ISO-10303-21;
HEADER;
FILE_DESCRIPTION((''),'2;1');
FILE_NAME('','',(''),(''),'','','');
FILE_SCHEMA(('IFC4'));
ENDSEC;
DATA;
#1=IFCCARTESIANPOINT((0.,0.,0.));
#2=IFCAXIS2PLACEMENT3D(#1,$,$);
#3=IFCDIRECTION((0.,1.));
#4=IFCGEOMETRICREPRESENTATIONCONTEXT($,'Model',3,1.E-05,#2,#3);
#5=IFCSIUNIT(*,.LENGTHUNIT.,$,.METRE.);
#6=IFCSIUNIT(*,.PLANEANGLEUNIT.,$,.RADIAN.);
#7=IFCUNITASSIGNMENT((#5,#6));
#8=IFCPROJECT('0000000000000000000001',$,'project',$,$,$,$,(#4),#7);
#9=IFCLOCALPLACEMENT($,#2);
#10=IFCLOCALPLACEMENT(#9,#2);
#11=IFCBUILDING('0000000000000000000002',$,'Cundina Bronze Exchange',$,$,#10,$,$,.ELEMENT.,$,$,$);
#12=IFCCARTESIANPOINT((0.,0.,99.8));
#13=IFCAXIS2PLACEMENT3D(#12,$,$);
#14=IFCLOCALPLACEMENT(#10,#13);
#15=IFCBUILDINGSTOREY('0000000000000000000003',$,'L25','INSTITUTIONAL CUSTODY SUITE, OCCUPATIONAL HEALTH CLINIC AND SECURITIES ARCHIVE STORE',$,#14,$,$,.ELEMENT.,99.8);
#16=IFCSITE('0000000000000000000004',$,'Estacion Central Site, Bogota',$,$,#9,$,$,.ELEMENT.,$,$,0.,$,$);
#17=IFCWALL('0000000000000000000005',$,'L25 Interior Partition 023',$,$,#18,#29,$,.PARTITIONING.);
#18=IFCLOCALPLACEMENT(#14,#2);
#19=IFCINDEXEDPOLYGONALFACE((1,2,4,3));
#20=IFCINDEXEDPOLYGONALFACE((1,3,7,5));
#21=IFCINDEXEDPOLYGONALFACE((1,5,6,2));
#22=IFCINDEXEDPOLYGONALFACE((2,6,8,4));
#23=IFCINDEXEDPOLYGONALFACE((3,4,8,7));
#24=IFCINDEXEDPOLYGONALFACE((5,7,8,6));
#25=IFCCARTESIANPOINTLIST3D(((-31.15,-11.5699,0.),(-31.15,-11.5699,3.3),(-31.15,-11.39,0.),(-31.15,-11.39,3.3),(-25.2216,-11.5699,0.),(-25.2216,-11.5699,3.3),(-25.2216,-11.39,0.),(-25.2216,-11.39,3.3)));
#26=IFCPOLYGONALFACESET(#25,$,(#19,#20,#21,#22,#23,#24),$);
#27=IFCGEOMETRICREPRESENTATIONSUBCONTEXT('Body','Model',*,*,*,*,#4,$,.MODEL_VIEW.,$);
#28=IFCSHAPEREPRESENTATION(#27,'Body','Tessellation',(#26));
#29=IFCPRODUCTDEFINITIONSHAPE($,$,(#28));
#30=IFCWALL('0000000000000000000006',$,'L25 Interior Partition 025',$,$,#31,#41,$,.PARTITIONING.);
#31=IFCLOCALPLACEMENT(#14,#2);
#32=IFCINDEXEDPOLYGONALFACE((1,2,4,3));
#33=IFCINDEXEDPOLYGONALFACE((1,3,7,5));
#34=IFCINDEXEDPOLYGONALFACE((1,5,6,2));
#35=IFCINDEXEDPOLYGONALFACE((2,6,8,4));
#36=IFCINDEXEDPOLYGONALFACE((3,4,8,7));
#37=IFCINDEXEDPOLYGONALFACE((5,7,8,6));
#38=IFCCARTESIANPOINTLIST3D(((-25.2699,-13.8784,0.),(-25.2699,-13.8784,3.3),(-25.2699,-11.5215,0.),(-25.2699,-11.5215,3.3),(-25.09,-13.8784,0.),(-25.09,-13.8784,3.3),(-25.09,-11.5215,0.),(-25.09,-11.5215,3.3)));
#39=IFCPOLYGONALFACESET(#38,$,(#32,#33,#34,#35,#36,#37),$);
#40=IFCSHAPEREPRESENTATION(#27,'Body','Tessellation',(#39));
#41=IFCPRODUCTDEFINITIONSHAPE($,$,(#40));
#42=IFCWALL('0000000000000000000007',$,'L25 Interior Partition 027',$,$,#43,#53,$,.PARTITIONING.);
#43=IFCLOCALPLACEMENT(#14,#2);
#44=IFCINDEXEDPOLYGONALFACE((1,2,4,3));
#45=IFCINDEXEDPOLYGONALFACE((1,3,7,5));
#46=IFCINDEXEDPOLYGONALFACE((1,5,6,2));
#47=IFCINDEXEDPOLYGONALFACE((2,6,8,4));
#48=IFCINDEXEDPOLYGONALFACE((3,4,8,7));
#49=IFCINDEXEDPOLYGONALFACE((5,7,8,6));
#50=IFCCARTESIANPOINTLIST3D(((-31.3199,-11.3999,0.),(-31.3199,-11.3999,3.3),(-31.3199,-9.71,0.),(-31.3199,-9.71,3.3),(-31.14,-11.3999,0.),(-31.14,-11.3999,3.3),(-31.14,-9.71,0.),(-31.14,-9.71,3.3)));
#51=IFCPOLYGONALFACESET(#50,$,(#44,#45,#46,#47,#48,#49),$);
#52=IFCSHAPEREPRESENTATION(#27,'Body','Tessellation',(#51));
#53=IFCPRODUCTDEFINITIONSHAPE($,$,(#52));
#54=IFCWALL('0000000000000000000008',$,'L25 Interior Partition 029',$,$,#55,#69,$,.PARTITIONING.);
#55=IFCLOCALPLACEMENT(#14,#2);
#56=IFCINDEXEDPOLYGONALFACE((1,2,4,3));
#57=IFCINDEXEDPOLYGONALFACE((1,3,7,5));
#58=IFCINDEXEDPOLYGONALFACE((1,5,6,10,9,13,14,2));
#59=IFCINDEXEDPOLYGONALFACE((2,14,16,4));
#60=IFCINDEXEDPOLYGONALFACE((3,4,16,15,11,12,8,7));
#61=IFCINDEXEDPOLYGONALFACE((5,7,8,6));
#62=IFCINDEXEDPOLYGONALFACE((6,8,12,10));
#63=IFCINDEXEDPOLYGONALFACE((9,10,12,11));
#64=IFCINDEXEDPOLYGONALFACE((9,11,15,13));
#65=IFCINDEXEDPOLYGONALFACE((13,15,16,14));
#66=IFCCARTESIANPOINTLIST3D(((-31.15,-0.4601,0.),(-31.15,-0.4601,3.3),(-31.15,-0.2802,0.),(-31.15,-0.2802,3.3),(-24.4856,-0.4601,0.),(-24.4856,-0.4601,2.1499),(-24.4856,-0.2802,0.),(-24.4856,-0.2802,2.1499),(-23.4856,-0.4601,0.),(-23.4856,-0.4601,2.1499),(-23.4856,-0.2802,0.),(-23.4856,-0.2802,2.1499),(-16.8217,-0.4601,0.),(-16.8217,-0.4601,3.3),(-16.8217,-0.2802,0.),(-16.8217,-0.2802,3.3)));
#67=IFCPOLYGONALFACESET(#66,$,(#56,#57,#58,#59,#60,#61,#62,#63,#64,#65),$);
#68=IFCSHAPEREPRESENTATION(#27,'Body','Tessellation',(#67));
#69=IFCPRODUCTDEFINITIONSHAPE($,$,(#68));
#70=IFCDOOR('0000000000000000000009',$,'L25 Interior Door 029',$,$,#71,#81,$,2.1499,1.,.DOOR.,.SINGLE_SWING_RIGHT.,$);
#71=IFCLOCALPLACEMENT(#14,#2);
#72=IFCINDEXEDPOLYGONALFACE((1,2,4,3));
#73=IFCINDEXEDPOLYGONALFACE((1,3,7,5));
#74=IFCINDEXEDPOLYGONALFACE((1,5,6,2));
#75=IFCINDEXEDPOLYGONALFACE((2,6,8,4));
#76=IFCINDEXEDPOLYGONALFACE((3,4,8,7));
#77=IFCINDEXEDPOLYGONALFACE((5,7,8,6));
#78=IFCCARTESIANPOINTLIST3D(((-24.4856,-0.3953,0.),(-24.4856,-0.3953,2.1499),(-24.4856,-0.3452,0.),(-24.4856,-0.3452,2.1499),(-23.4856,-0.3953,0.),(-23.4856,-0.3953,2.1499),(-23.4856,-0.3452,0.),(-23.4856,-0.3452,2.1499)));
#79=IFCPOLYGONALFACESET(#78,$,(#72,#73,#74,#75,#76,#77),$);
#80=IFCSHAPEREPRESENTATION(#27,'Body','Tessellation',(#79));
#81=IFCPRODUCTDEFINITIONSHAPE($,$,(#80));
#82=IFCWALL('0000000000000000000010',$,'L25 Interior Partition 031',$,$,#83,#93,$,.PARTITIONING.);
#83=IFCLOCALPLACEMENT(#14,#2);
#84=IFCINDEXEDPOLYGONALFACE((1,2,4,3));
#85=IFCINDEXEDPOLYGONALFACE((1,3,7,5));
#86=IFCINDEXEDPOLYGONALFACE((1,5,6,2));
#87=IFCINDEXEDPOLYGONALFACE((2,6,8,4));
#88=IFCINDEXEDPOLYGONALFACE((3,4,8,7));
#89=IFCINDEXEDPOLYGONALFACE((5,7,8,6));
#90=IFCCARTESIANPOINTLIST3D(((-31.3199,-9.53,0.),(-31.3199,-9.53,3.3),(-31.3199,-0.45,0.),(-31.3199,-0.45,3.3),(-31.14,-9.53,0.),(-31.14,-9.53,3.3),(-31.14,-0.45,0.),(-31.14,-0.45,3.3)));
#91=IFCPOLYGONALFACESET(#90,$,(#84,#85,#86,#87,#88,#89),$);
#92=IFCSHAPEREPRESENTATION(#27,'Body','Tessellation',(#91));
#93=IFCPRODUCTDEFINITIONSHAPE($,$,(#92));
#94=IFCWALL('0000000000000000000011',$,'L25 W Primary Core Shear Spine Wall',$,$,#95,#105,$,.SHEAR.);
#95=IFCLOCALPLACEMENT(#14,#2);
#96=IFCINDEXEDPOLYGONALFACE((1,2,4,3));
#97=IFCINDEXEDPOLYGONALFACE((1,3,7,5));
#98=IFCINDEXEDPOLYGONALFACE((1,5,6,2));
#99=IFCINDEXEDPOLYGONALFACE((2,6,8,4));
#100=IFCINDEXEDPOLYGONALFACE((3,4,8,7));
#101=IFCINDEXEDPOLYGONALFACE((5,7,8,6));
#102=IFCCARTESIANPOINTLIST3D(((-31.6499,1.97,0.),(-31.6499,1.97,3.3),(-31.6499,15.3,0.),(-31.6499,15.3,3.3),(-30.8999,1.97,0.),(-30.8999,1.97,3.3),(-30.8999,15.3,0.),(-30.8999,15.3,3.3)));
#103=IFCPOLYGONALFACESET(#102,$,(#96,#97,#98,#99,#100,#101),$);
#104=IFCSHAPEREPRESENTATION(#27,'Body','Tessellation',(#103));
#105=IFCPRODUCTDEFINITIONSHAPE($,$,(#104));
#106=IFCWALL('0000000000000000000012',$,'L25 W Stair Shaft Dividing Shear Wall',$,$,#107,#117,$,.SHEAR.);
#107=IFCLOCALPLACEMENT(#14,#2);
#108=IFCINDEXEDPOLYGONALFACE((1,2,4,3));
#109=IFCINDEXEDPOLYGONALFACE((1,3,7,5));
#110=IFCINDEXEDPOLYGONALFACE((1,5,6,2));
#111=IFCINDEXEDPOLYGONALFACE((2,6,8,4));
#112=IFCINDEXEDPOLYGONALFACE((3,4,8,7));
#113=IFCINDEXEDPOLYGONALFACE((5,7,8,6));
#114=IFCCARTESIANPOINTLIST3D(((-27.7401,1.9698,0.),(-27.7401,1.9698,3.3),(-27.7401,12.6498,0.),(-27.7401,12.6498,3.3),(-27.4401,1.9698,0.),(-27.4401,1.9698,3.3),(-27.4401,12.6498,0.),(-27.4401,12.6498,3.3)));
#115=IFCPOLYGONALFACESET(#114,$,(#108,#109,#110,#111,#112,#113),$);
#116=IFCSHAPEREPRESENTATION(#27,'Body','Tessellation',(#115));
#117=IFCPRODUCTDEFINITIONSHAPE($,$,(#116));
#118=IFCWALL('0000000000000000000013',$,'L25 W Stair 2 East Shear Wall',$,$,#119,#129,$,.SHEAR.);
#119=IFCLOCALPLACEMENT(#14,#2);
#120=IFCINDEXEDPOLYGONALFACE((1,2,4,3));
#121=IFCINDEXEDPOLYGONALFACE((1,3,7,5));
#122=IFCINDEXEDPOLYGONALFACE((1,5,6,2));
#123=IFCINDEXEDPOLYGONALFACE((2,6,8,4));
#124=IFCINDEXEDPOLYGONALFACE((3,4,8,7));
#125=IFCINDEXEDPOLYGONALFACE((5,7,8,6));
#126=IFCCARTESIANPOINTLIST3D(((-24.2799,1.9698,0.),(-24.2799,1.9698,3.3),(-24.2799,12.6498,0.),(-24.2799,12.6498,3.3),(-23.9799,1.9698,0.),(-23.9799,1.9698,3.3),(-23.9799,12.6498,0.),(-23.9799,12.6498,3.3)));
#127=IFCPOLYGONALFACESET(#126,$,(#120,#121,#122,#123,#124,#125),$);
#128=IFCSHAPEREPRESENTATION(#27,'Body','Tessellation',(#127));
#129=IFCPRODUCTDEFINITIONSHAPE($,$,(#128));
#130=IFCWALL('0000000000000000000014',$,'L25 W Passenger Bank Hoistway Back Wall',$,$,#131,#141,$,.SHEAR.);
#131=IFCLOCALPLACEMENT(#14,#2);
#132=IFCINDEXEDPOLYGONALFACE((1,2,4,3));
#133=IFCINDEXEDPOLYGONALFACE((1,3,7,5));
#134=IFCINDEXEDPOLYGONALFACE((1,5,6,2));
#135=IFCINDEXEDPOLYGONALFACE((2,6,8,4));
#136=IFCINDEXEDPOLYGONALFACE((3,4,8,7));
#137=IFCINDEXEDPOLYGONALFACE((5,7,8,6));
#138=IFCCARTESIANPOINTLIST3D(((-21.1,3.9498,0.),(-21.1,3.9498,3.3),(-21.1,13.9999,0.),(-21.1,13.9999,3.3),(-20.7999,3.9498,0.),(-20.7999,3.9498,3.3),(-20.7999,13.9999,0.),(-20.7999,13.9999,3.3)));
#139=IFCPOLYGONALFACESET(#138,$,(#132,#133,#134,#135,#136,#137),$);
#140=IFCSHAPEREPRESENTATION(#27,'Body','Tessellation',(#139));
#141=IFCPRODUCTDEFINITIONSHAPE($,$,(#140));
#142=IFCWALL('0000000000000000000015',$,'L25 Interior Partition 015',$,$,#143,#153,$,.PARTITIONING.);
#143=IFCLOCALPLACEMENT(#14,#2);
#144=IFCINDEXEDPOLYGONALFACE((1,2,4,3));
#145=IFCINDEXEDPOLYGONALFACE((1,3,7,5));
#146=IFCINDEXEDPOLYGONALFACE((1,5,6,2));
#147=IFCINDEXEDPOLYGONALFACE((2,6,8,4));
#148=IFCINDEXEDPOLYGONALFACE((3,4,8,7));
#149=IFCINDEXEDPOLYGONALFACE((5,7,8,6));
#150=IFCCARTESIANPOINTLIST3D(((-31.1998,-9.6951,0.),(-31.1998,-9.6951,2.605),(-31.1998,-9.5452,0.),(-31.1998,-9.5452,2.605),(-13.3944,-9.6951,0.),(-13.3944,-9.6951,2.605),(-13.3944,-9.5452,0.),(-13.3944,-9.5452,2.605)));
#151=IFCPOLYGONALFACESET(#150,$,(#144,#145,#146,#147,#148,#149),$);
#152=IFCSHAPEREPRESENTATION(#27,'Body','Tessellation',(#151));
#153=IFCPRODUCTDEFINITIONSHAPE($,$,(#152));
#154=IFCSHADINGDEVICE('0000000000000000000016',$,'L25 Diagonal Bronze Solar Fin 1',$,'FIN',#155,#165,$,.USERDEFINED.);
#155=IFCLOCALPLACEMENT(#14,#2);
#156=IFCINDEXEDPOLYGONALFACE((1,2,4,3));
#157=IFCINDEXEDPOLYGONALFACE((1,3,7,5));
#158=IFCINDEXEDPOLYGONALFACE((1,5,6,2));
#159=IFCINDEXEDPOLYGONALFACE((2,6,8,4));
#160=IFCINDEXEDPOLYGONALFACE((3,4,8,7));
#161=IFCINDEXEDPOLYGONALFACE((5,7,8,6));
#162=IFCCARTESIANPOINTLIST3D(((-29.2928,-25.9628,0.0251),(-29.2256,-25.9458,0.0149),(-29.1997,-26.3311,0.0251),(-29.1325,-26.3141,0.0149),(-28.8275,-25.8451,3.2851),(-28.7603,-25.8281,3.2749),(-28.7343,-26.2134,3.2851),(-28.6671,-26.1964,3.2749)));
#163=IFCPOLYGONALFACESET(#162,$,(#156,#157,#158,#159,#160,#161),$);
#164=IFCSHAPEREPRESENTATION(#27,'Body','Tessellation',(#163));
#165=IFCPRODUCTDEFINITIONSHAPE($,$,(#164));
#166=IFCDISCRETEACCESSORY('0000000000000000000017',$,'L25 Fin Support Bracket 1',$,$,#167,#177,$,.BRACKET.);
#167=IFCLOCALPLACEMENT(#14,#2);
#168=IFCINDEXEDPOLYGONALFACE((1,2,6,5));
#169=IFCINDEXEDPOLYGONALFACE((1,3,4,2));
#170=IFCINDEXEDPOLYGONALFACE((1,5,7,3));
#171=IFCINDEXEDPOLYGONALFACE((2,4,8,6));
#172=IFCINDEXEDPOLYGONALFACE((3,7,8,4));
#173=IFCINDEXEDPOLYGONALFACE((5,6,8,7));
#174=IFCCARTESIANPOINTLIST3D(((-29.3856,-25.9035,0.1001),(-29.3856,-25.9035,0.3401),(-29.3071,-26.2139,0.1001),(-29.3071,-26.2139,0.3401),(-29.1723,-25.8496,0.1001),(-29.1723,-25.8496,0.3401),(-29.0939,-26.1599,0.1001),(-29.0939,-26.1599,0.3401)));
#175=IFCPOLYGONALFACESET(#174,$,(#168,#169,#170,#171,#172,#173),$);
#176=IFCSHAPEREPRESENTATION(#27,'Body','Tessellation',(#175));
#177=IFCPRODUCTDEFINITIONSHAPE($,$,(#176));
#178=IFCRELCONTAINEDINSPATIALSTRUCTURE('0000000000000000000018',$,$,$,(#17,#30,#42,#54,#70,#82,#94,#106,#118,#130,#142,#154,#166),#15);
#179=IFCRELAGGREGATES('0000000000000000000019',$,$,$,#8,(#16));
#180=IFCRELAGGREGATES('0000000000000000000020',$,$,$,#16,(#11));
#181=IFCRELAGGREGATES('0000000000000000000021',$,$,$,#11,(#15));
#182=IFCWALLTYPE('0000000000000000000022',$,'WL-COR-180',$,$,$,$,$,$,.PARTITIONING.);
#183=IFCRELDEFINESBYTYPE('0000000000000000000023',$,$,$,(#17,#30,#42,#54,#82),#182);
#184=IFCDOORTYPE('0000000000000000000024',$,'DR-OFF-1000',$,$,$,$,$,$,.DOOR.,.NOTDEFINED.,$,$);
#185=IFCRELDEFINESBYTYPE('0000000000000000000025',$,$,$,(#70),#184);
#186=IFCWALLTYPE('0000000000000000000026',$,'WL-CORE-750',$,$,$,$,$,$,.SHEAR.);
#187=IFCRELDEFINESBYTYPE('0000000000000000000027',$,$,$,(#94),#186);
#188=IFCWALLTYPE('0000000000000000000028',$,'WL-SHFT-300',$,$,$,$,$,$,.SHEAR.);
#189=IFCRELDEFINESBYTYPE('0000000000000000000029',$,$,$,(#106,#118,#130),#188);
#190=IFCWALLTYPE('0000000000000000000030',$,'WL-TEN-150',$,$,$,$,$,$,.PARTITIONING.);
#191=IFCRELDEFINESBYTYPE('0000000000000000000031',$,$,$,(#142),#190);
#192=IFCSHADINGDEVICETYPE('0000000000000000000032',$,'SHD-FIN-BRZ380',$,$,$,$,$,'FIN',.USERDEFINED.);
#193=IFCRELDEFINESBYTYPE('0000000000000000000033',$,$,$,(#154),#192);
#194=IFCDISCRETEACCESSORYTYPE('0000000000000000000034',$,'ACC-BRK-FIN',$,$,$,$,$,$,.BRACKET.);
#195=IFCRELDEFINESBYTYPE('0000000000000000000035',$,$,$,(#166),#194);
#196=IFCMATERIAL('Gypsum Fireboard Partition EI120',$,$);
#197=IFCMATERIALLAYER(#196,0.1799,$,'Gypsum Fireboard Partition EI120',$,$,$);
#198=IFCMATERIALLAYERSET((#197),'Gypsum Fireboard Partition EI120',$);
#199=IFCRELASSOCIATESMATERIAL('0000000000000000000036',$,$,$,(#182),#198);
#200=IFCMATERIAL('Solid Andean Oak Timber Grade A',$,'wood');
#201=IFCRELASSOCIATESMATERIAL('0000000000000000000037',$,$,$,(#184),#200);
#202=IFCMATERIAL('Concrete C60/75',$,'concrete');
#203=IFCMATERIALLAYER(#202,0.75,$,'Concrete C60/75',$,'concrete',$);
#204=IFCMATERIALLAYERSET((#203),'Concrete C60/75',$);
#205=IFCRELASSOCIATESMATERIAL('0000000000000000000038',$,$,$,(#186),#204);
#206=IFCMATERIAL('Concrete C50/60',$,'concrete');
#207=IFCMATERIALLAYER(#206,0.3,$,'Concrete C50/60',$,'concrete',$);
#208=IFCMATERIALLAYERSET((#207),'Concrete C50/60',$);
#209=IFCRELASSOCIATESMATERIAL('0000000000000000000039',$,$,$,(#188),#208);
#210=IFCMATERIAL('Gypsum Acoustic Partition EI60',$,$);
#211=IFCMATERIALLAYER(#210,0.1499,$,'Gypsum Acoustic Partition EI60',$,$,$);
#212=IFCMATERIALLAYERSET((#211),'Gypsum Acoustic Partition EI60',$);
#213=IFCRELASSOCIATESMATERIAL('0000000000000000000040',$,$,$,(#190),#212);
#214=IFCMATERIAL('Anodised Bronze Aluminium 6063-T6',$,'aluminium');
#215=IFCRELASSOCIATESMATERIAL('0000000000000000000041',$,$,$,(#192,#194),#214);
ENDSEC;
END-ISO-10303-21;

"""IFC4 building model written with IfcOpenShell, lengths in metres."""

from ifc_helpers import new_model, si_unit, direction, frame, frame_2d, origin, origin_2d, place, context, subcontext, project, spatial, rectangle, extrude, material, layer, layer_set, material_profile, profile_set, type_object, element, fill, save


model = new_model("IFC4")

# Units and contexts
model_context = context("Model", 3, precision=1e-05, world=origin(), true_north=direction((0.0, 1.0)))
body_context = subcontext(model_context, "Body", "Model", "MODEL_VIEW")
ifc_project = project(units=[si_unit("LENGTHUNIT", "METRE"), si_unit("PLANEANGLEUNIT", "RADIAN")], contexts=[model_context])

# Site, building, storey
site_placement = place(None, origin())
site = spatial("IfcSite", under=ifc_project, at=site_placement, Name="Estacion Central Site, Bogota", CompositionType="ELEMENT", RefElevation=0.0)
building_placement = place(site_placement, origin())
building = spatial("IfcBuilding", under=site, at=building_placement, Name="Cundina Bronze Exchange", CompositionType="ELEMENT")
storey_placement = place(building_placement, frame((0.0, 0.0, 99.8)))
storey = spatial("IfcBuildingStorey", under=building, at=storey_placement, Name="L25", Description="INSTITUTIONAL CUSTODY SUITE, OCCUPATIONAL HEALTH CLINIC AND SECURITIES ARCHIVE STORE", CompositionType="ELEMENT", Elevation=99.8)

# Shared definitions
ifc_material_1 = material(Name="Concrete C60/75", Category="concrete")

# Shared definitions
ifc_material_2 = material(Name="Anodised Bronze Aluminium 6063-T6", Category="aluminium")

# Shared definitions
ifc_material_3 = material(Name="Gypsum Fireboard Partition EI120")
ifc_layer_1 = layer(ifc_material_3, 0.1799, Name="Gypsum Fireboard Partition EI120")
ifc_layer_set_1 = layer_set([ifc_layer_1], Name="Gypsum Fireboard Partition EI120")
wall_type_1 = type_object("IfcWallType", Name="WL-COR-180", PredefinedType="PARTITIONING", material=ifc_layer_set_1)

# Walls
wall_1_placement = place(storey_placement, frame((-25.2214, -11.48, 0.0), z_axis=(0.0, 0.0, 1.0), x_axis=(-1.0, 0.0, 0.0)))
element("IfcWall", 1, at=wall_1_placement, inside=storey, type_object=wall_type_1, Name="L25 Interior Partition 023", PredefinedType="PARTITIONING", context=body_context, shape_type="SweptSolid", body=[
    extrude(rectangle(XDim=5.9285, YDim=0.1799, at=frame_2d((2.9644, 0.0))), origin(), (0.0, 0.0, 1.0), 3.3),
])
wall_2_placement = place(storey_placement, frame((-25.1799, -13.8784, 0.0), z_axis=(0.0, 0.0, 1.0), x_axis=(0.0, 1.0, 0.0)))
element("IfcWall", 2, at=wall_2_placement, inside=storey, type_object=wall_type_1, Name="L25 Interior Partition 025", PredefinedType="PARTITIONING", context=body_context, shape_type="SweptSolid", body=[
    extrude(rectangle(XDim=2.3569, YDim=0.1799, at=frame_2d((1.1785, 0.0))), origin(), (0.0, 0.0, 1.0), 3.3),
])
wall_3_placement = place(storey_placement, frame((-31.23, -11.3999, 0.0), z_axis=(0.0, 0.0, 1.0), x_axis=(0.0, 1.0, 0.0)))
element("IfcWall", 3, at=wall_3_placement, inside=storey, type_object=wall_type_1, Name="L25 Interior Partition 027", PredefinedType="PARTITIONING", context=body_context, shape_type="SweptSolid", body=[
    extrude(rectangle(XDim=1.6899, YDim=0.1799, at=frame_2d((0.845, 0.0))), origin(), (0.0, 0.0, 1.0), 3.3),
])

# Wall, opening, door
wall_4_placement = place(storey_placement, frame((-31.1499, -0.3701, 0.0), z_axis=(0.0, 0.0, 1.0), x_axis=(1.0, 0.0, 0.0)))
wall_4 = element("IfcWall", 4, at=wall_4_placement, inside=storey, type_object=wall_type_1, Name="L25 Interior Partition 029", PredefinedType="PARTITIONING", context=body_context, shape_type="SweptSolid", body=[
    extrude(rectangle(XDim=14.3284, YDim=0.1799, at=frame_2d((7.1641, 0.0))), origin(), (0.0, 0.0, 1.0), 3.3),
])
opening_1_placement = place(wall_4_placement, frame((6.6643, 0.0, 0.0)))
opening_1 = element("IfcOpeningElement", 5, at=opening_1_placement, cuts=wall_4, PredefinedType="OPENING", context=body_context, shape_type="SweptSolid", body=[
    extrude(rectangle(XDim=1.0, YDim=2.1499, at=frame_2d((0.5, 1.075))), frame((0.0, 0.0999, 0.0), z_axis=(0.0, -1.0, 0.0), x_axis=(1.0, 0.0, 0.0)), (0.0, 0.0, 1.0), 0.2),
])
ifc_material_4 = material(Name="Solid Andean Oak Timber Grade A", Category="wood")
door_type_1 = type_object("IfcDoorType", Name="DR-OFF-1000", OperationType="NOTDEFINED", PredefinedType="DOOR", material=ifc_material_4)
door_1_placement = place(opening_1_placement, origin())
door_1 = element("IfcDoor", 6, at=door_1_placement, inside=storey, type_object=door_type_1, Name="L25 Interior Door 029", OperationType="SINGLE_SWING_RIGHT", OverallHeight=2.1499, OverallWidth=1.0, PredefinedType="DOOR", context=body_context, shape_type="SweptSolid", body=[
    extrude(rectangle(XDim=1.0, YDim=2.1499, at=frame_2d((0.5, 1.075))), frame((0.0, 0.0249, 0.0), z_axis=(0.0, -1.0, 0.0), x_axis=(1.0, 0.0, 0.0)), (0.0, 0.0, 1.0), 0.05),
])
fill(opening_1, door_1)

# Walls
wall_5_placement = place(storey_placement, frame((-31.23, -9.53, 0.0), z_axis=(0.0, 0.0, 1.0), x_axis=(0.0, 1.0, 0.0)))
element("IfcWall", 7, at=wall_5_placement, inside=storey, type_object=wall_type_1, Name="L25 Interior Partition 031", PredefinedType="PARTITIONING", context=body_context, shape_type="SweptSolid", body=[
    extrude(rectangle(XDim=9.0801, YDim=0.1799, at=frame_2d((4.54, 0.0))), origin(), (0.0, 0.0, 1.0), 3.3),
])
ifc_layer_2 = layer(ifc_material_1, 0.75, Name="Concrete C60/75", Category="concrete")
ifc_layer_set_2 = layer_set([ifc_layer_2], Name="Concrete C60/75")
wall_type_2 = type_object("IfcWallType", Name="WL-CORE-750", PredefinedType="SHEAR", material=ifc_layer_set_2)
wall_6_placement = place(storey_placement, frame((-31.2749, 1.97, 0.0), z_axis=(0.0, 0.0, 1.0), x_axis=(0.0, 1.0, 0.0)))
element("IfcWall", 8, at=wall_6_placement, inside=storey, type_object=wall_type_2, Name="L25 W Primary Core Shear Spine Wall", PredefinedType="SHEAR", context=body_context, shape_type="SweptSolid", body=[
    extrude(rectangle(XDim=13.3301, YDim=0.75, at=frame_2d((6.665, 0.0))), origin(), (0.0, 0.0, 1.0), 3.3),
])
ifc_material_5 = material(Name="Concrete C50/60", Category="concrete")
ifc_layer_3 = layer(ifc_material_5, 0.3, Name="Concrete C50/60", Category="concrete")
ifc_layer_set_3 = layer_set([ifc_layer_3], Name="Concrete C50/60")
wall_type_3 = type_object("IfcWallType", Name="WL-SHFT-300", PredefinedType="SHEAR", material=ifc_layer_set_3)
for number, where, z_axis, x_axis, name in (
    (9, (-27.5901, 1.97, 0.0), (0.0, 0.0, 1.0), (0.0, 1.0, 0.0), "L25 W Stair Shaft Dividing Shear Wall"),
    (10, (-24.1299, 1.97, 0.0), (0.0, 0.0, 1.0), (0.0, 1.0, 0.0), "L25 W Stair 2 East Shear Wall"),
):
    element("IfcWall", number, at=place(storey_placement, frame(where, z_axis=z_axis, x_axis=x_axis)), inside=storey, type_object=wall_type_3, Name=name, PredefinedType="SHEAR", context=body_context, shape_type="SweptSolid", body=[
        extrude(rectangle(XDim=10.6799, YDim=0.3, at=frame_2d((5.3398, 0.0))), origin(), (0.0, 0.0, 1.0), 3.3),
    ])
wall_7_placement = place(storey_placement, frame((-20.95, 3.95, 0.0), z_axis=(0.0, 0.0, 1.0), x_axis=(0.0, 1.0, 0.0)))
element("IfcWall", 11, at=wall_7_placement, inside=storey, type_object=wall_type_3, Name="L25 W Passenger Bank Hoistway Back Wall", PredefinedType="SHEAR", context=body_context, shape_type="SweptSolid", body=[
    extrude(rectangle(XDim=10.05, YDim=0.3, at=frame_2d((5.0249, 0.0))), origin(), (0.0, 0.0, 1.0), 3.3),
])
ifc_material_6 = material(Name="Gypsum Acoustic Partition EI60")
ifc_layer_4 = layer(ifc_material_6, 0.1499, Name="Gypsum Acoustic Partition EI60")
ifc_layer_set_4 = layer_set([ifc_layer_4], Name="Gypsum Acoustic Partition EI60")
wall_type_4 = type_object("IfcWallType", Name="WL-TEN-150", PredefinedType="PARTITIONING", material=ifc_layer_set_4)
wall_8_placement = place(storey_placement, frame((-31.2, -9.6201, 0.0), z_axis=(0.0, 0.0, 1.0), x_axis=(1.0, 0.0, 0.0)))
element("IfcWall", 12, at=wall_8_placement, inside=storey, type_object=wall_type_4, Name="L25 Interior Partition 015", PredefinedType="PARTITIONING", context=body_context, shape_type="SweptSolid", body=[
    extrude(rectangle(XDim=17.8054, YDim=0.1499, at=frame_2d((8.9028, 0.0))), origin(), (0.0, 0.0, 1.0), 2.605),
])

# Shading device
ifc_material_profile_1 = material_profile(ifc_material_2, rectangle(XDim=0.0701, YDim=0.3799, at=origin_2d()), Name="FIN70X380", Category="aluminium")
ifc_profile_set_1 = profile_set([ifc_material_profile_1], Name="Anodised Bronze Aluminium 6063-T6")
shading_device_type = type_object("IfcShadingDeviceType", Name="SHD-FIN-BRZ380", ElementType="FIN", PredefinedType="USERDEFINED", material=ifc_profile_set_1)
shading_device_placement = place(storey_placement, frame((-29.2126, -26.1384, 0.02), z_axis=(0.141217, 0.035712, 0.989334), x_axis=(-0.959141, -0.242553, 0.145663)))
element("IfcShadingDevice", 13, at=shading_device_placement, inside=storey, type_object=shading_device_type, Name="L25 Diagonal Bronze Solar Fin 1", ObjectType="FIN", PredefinedType="USERDEFINED", context=body_context, shape_type="SweptSolid", body=[
    extrude(rectangle(XDim=0.0701, YDim=0.3799, at=origin_2d()), origin(), (0.0, 0.0, 1.0), 3.2952),
])

# Discrete accessory
discrete_accessory_type = type_object("IfcDiscreteAccessoryType", Name="ACC-BRK-FIN", PredefinedType="BRACKET", material=ifc_material_2)
discrete_accessory_placement = place(storey_placement, frame((-29.2397, -26.0317, 0.1001), z_axis=(0.0, 0.0, 1.0), x_axis=(0.969488, 0.245138, 0.0)))
element("IfcDiscreteAccessory", 14, at=discrete_accessory_placement, inside=storey, type_object=discrete_accessory_type, Name="L25 Fin Support Bracket 1", PredefinedType="BRACKET", context=body_context, shape_type="SweptSolid", body=[
    extrude(rectangle(XDim=0.22, YDim=0.3201, at=origin_2d()), origin(), (0.0, 0.0, 1.0), 0.24),
])

save(model, "model.ifc")
